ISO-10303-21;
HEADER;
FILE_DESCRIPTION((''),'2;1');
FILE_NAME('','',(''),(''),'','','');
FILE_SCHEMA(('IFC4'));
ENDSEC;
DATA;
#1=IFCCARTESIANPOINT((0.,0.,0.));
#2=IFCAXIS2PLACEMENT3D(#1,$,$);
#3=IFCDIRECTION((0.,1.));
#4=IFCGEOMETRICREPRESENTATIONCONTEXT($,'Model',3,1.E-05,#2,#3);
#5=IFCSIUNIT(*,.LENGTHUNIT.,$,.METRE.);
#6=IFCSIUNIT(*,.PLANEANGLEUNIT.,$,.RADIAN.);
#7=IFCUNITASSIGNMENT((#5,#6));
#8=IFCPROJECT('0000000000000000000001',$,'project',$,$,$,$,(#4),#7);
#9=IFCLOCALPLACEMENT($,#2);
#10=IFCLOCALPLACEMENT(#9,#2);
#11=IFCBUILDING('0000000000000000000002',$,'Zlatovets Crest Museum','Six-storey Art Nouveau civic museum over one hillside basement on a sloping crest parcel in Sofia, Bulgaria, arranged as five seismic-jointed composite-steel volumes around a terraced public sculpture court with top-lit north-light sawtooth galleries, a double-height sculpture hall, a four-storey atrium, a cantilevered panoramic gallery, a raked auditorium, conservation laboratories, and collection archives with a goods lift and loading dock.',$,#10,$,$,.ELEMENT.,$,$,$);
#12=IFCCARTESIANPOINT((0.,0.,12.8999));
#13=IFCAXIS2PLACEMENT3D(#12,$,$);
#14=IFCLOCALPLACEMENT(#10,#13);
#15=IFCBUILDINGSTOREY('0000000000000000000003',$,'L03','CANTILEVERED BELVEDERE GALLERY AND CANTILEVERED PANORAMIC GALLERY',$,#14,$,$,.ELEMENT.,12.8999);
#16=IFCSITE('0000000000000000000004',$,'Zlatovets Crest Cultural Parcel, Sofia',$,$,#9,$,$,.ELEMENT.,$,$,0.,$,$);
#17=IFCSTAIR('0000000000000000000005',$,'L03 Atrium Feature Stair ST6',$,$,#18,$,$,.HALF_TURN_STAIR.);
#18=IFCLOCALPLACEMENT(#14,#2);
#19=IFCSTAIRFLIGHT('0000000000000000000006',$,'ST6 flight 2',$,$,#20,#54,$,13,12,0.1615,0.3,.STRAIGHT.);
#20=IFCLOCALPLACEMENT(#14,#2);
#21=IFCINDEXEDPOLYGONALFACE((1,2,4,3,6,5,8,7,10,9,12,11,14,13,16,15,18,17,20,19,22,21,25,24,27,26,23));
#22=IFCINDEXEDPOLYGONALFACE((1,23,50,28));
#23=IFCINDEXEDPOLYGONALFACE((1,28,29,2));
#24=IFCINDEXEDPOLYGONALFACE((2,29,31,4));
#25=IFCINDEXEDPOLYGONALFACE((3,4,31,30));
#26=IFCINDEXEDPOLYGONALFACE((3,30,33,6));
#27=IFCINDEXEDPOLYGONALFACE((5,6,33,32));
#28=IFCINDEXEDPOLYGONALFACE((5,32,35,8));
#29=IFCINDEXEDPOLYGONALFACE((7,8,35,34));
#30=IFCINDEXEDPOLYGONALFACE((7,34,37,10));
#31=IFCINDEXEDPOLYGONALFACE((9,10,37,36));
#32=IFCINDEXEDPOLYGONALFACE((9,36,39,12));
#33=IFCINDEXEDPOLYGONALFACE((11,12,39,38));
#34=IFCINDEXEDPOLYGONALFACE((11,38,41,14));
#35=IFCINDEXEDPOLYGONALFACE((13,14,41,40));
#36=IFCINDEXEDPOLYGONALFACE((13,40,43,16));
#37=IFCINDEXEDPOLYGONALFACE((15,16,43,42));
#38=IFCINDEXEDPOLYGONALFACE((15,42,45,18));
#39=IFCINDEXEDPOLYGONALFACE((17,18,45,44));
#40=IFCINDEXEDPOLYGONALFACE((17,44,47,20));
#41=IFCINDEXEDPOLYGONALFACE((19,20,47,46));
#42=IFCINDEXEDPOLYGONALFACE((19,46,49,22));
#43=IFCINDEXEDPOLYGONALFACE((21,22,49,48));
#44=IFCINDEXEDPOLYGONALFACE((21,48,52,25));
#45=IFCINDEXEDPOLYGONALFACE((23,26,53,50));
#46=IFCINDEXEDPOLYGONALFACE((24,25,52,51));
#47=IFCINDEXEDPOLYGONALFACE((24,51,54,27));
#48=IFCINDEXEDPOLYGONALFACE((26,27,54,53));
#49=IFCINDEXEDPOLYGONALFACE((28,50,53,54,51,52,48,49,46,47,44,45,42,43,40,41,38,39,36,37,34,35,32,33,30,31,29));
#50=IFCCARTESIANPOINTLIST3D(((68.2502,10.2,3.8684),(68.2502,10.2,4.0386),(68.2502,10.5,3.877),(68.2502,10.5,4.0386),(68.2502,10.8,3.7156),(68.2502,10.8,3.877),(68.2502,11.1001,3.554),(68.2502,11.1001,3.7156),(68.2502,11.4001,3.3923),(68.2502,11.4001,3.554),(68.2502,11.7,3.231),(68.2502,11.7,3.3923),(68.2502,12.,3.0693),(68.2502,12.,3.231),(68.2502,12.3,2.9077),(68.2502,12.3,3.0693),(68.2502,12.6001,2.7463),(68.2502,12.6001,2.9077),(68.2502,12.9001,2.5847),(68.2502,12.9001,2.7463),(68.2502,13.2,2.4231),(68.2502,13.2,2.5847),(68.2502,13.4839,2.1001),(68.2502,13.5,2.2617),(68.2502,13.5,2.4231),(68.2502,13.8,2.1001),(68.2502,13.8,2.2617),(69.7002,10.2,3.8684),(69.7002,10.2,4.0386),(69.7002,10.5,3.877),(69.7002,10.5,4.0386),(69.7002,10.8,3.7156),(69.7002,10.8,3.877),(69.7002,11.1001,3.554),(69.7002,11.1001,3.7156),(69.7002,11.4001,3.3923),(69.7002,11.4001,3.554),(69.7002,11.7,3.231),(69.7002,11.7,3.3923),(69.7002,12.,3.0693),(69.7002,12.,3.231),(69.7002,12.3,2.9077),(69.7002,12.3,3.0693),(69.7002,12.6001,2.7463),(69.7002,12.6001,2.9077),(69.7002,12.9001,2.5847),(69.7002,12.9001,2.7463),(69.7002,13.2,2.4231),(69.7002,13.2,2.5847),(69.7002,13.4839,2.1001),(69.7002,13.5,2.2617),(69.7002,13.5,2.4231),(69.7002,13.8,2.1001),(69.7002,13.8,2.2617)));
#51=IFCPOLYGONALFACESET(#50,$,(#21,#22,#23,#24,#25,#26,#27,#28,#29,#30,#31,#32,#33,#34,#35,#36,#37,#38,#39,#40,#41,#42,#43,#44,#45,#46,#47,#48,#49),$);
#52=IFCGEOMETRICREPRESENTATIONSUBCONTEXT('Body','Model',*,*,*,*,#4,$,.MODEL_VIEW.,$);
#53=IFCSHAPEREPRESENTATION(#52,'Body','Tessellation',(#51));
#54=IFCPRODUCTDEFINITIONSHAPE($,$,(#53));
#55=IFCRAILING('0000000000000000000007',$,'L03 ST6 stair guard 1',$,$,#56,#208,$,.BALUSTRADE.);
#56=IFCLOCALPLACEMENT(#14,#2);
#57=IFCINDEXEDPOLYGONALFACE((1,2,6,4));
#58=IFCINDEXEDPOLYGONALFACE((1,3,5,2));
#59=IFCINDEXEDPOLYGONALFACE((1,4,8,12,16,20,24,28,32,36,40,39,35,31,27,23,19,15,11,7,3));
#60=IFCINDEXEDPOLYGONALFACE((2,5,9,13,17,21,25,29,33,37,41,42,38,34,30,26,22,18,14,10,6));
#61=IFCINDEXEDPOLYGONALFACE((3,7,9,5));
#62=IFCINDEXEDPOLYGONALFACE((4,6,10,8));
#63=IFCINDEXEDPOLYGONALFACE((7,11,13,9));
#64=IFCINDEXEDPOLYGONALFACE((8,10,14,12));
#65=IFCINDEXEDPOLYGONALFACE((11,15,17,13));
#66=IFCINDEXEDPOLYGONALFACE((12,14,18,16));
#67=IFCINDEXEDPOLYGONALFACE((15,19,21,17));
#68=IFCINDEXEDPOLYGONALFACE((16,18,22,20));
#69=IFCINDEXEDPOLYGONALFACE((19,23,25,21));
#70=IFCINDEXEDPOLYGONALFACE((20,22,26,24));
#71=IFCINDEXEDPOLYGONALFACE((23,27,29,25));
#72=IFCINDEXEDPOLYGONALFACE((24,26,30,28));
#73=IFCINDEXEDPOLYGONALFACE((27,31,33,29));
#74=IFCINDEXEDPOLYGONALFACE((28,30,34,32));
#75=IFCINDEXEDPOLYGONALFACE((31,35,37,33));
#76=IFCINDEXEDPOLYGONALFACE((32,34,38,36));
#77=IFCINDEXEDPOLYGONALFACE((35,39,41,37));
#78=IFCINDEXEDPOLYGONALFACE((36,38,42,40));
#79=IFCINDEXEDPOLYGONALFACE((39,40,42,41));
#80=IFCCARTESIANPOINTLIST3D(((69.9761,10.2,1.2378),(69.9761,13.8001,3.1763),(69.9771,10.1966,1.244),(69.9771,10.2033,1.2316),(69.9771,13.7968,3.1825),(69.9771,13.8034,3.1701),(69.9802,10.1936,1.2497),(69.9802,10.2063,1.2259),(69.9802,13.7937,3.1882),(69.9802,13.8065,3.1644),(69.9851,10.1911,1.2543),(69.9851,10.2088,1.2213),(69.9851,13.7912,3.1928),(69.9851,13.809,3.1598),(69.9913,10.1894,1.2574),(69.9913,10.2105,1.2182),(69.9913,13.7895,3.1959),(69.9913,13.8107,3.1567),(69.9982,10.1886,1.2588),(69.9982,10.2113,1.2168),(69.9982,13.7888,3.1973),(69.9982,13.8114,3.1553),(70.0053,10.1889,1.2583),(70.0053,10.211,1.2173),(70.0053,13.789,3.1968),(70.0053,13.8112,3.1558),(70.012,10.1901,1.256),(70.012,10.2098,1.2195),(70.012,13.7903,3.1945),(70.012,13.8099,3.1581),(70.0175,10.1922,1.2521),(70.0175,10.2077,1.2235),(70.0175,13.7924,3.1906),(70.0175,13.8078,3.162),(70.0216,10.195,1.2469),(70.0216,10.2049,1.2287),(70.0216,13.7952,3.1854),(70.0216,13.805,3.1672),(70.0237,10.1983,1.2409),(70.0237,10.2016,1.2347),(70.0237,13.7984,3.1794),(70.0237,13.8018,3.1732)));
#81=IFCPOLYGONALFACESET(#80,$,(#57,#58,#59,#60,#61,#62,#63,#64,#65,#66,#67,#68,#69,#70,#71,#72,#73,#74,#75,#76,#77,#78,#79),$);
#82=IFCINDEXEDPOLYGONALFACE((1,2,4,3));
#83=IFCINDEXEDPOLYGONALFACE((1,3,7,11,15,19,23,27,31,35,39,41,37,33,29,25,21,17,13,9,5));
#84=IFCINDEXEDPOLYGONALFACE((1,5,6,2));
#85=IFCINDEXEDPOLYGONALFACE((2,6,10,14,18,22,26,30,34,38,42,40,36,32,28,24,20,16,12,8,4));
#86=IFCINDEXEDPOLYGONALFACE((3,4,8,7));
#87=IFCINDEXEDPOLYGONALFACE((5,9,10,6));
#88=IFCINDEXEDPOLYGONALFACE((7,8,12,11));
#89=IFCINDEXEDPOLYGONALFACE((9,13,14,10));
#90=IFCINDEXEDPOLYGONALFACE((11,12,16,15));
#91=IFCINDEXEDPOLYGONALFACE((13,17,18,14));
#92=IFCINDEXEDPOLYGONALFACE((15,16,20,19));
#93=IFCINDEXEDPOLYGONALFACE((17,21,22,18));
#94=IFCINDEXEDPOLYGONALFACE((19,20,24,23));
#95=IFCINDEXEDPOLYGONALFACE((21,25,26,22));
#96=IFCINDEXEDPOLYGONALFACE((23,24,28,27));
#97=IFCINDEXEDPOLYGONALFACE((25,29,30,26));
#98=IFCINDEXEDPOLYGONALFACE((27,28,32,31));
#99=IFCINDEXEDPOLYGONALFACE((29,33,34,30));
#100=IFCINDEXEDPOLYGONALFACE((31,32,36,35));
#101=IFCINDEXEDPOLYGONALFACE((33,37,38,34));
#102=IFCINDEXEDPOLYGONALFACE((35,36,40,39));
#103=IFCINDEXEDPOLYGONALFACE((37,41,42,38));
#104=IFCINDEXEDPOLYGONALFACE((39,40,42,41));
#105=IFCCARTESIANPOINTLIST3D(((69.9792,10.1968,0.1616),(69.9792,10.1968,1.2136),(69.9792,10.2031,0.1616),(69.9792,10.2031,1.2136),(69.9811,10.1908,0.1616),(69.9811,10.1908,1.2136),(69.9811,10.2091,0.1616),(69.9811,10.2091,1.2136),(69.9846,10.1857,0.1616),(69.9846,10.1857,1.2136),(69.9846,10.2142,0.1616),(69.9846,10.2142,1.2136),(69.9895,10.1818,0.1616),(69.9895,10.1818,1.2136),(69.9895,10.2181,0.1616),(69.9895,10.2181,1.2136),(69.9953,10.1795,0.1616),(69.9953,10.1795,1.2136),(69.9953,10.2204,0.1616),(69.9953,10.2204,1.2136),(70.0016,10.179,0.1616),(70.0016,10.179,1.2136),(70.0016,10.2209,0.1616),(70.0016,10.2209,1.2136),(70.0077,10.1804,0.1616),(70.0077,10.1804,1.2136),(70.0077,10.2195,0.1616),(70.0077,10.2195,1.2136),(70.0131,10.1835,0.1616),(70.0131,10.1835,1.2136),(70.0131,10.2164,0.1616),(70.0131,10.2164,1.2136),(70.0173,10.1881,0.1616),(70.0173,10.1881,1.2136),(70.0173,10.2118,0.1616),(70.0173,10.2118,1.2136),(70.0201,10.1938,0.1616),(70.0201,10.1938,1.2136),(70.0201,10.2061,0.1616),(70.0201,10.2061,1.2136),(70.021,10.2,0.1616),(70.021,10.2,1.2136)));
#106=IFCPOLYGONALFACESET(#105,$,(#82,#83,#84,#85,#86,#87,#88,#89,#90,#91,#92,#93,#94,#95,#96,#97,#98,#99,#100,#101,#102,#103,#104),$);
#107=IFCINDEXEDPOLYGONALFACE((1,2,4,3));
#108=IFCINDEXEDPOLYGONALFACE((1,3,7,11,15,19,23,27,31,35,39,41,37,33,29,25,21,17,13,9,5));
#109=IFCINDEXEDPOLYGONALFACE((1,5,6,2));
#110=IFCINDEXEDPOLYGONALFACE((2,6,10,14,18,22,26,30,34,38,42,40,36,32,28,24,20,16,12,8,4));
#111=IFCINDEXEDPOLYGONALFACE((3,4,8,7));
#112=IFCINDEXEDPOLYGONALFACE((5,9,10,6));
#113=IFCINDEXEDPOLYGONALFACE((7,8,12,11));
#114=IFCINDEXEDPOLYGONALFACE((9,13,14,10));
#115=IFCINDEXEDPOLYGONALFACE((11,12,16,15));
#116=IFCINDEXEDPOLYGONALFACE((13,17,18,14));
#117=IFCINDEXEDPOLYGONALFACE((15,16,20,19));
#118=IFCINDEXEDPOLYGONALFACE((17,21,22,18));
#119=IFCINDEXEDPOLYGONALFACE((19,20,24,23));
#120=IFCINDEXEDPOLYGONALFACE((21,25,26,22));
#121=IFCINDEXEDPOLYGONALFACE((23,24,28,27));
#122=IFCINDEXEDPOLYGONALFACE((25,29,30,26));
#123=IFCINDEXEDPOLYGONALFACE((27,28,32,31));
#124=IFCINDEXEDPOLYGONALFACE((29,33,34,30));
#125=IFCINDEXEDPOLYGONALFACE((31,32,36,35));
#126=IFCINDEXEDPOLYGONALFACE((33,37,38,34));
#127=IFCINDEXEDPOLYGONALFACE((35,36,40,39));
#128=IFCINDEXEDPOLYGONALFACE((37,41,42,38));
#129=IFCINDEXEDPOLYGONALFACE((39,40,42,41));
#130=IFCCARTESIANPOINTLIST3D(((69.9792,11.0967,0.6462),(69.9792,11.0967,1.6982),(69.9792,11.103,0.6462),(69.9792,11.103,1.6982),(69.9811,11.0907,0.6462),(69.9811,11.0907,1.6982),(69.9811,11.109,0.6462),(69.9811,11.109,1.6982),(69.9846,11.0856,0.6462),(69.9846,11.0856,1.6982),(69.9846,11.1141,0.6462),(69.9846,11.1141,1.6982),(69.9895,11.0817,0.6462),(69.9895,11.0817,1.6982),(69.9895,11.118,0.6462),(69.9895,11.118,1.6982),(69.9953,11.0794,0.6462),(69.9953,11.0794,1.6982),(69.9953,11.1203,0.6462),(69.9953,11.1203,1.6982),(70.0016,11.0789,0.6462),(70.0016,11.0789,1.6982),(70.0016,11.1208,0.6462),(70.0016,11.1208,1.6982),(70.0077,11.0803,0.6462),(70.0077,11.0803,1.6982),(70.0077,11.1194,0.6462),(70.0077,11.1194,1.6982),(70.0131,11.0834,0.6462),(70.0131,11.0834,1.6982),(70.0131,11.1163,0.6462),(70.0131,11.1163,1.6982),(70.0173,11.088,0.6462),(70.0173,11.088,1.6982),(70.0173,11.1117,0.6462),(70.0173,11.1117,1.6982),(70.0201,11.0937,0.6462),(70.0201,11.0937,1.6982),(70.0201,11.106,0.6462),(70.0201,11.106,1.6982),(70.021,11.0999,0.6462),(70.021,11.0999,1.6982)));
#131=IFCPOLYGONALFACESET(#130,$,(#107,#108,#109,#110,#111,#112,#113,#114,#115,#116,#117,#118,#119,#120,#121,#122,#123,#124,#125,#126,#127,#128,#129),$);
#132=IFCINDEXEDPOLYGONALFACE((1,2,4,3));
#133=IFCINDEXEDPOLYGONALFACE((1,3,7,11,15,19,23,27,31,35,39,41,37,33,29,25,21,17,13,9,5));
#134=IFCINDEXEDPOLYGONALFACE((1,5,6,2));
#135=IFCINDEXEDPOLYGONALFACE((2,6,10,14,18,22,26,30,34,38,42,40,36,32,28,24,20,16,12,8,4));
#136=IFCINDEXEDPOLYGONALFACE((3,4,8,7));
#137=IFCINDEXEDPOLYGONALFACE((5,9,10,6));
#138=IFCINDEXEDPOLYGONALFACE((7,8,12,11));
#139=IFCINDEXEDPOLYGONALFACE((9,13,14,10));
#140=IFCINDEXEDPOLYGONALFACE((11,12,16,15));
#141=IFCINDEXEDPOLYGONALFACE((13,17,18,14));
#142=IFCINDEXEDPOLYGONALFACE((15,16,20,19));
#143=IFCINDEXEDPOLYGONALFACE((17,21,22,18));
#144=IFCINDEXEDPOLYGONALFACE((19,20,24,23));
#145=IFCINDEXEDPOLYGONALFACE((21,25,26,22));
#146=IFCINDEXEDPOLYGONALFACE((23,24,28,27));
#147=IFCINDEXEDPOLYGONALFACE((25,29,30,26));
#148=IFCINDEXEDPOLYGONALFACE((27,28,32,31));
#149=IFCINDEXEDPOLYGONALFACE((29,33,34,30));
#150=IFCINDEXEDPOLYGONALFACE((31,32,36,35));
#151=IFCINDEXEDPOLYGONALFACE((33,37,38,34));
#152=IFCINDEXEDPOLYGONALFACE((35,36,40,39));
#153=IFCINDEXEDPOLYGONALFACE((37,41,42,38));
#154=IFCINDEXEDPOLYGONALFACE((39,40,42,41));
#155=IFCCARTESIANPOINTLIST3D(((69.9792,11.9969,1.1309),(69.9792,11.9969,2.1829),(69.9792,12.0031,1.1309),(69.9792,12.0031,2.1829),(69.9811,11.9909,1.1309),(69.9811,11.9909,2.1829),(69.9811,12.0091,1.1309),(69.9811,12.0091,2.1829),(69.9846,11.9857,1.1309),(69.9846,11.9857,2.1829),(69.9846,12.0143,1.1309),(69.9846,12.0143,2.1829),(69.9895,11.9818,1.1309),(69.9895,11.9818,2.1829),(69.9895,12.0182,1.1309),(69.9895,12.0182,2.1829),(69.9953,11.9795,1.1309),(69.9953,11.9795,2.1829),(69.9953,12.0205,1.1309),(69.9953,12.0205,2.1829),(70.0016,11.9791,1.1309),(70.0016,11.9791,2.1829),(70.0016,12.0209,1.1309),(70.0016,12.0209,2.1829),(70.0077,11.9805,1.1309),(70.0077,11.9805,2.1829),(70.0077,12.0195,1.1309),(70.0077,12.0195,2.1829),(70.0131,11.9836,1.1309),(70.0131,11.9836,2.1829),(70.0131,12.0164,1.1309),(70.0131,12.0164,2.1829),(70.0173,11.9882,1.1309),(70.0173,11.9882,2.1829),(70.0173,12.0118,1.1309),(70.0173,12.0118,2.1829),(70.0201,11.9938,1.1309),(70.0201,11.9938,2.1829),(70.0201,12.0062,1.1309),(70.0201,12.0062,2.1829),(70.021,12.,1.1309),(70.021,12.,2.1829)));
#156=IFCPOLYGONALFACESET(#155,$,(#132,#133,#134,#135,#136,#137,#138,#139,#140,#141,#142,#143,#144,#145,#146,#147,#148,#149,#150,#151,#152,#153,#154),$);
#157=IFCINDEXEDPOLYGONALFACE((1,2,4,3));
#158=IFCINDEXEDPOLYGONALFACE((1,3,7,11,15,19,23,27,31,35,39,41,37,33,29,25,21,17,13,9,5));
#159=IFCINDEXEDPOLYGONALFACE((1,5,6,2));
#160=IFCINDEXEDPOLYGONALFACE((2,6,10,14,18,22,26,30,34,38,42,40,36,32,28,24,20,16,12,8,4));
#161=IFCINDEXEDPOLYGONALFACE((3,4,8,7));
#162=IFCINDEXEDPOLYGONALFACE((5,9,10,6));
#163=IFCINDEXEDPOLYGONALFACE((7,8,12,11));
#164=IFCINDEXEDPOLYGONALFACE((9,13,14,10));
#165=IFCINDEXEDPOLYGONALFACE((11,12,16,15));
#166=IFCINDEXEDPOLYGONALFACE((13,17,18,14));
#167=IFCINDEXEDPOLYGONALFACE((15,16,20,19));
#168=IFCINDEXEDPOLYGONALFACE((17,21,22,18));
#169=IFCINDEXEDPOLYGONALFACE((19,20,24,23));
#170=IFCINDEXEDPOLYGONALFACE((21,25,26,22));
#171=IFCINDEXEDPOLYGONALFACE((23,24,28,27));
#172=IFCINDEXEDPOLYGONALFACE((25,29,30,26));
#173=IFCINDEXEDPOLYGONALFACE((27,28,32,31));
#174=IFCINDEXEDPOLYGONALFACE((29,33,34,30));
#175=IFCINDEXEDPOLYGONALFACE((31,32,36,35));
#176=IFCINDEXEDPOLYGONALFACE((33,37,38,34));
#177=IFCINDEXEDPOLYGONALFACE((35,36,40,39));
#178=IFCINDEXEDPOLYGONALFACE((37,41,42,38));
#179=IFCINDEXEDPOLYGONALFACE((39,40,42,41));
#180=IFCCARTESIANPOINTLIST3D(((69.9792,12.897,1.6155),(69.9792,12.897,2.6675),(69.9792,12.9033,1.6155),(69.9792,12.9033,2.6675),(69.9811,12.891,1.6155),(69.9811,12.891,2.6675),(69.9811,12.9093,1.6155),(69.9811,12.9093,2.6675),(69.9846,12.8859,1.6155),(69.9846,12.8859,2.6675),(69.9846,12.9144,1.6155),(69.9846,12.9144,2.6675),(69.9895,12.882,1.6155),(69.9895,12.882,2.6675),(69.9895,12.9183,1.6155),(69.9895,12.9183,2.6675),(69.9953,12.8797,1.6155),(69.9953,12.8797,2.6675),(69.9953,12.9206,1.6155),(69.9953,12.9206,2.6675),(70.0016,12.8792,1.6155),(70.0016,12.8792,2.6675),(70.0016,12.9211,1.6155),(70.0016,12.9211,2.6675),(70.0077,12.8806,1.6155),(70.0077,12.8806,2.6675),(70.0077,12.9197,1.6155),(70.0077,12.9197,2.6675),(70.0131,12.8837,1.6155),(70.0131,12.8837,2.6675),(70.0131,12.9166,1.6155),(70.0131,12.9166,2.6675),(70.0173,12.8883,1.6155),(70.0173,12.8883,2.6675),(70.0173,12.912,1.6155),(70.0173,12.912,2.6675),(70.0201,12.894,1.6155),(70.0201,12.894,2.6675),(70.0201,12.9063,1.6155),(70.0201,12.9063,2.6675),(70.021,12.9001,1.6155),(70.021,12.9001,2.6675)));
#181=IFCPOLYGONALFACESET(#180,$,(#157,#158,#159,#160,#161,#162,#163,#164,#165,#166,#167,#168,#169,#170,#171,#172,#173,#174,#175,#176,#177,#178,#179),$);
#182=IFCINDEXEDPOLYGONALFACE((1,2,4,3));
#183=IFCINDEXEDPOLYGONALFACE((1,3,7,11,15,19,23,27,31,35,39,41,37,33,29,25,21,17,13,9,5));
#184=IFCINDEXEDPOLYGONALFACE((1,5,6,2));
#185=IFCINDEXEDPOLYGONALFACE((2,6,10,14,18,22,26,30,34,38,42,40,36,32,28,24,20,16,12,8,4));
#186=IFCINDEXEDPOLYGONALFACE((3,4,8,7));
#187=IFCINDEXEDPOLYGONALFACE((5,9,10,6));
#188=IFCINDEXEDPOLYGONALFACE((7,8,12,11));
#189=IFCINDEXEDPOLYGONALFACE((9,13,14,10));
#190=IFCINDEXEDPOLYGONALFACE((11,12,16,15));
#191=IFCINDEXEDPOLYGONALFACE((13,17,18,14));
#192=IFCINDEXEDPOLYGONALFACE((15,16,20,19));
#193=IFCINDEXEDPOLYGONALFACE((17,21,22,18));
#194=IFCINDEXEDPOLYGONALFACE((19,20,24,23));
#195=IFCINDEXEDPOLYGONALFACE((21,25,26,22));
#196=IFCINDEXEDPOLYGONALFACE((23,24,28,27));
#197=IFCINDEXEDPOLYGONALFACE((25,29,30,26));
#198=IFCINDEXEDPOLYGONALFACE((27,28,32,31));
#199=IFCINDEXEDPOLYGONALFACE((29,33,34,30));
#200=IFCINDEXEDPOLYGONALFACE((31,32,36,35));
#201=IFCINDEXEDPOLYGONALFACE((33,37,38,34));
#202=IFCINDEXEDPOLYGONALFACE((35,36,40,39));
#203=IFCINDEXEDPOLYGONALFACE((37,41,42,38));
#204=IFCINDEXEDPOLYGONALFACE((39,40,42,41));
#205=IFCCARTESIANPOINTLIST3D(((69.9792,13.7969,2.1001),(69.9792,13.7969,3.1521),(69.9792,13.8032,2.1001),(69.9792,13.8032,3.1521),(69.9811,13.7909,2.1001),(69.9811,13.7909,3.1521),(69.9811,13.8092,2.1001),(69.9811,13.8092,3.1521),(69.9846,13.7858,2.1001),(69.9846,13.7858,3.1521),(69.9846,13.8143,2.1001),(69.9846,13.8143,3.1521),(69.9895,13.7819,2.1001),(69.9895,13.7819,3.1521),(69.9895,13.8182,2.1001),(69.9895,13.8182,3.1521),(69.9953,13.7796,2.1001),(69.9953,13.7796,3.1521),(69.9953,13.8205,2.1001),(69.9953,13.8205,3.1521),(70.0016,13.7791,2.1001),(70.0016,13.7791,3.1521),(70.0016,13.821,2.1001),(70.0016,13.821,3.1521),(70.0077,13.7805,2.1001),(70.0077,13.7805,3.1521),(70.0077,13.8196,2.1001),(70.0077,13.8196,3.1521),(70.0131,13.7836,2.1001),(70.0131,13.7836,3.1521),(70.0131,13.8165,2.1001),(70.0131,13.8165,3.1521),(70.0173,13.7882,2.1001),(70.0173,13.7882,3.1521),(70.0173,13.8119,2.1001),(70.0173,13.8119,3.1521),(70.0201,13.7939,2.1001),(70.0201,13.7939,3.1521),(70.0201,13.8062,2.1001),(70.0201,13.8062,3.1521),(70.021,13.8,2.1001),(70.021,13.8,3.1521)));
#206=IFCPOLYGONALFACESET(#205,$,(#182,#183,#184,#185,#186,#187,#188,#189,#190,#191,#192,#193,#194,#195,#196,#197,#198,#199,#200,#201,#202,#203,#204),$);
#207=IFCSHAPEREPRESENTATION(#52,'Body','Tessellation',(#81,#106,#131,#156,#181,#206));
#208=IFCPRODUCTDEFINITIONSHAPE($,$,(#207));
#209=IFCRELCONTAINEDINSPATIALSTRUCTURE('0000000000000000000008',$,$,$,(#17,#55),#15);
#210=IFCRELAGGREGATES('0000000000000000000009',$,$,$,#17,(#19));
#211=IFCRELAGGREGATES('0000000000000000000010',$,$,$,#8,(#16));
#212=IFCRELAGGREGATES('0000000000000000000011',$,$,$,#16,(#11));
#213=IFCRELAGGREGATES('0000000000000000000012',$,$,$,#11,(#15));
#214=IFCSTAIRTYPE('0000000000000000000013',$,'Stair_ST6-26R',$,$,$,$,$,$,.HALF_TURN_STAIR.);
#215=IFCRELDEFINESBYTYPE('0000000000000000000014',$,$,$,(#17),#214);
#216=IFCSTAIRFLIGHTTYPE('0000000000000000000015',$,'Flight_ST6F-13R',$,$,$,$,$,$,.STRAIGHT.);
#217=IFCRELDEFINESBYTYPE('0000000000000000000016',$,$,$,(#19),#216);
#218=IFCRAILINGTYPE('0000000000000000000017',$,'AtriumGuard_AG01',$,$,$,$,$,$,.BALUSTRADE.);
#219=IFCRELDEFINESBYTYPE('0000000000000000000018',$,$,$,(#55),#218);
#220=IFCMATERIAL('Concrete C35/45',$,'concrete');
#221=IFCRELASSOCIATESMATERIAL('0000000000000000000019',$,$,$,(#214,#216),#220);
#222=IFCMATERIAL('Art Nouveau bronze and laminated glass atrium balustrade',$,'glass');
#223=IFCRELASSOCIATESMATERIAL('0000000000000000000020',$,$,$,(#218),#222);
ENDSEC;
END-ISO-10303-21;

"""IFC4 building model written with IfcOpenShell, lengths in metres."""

from ifc_helpers import new_model, si_unit, direction, frame, origin, origin_2d, place, context, subcontext, project, spatial, polyline, circle, outline, extrude, material, type_object, element, aggregate, save


model = new_model("IFC4")

# Units and contexts
model_context = context("Model", 3, precision=1e-05, world=origin(), true_north=direction((0.0, 1.0)))
body_context = subcontext(model_context, "Body", "Model", "MODEL_VIEW")
ifc_project = project(units=[si_unit("LENGTHUNIT", "METRE"), si_unit("PLANEANGLEUNIT", "RADIAN")], contexts=[model_context])

# Site, building, storey
site_placement = place(None, origin())
site = spatial("IfcSite", under=ifc_project, at=site_placement, Name="Zlatovets Crest Cultural Parcel, Sofia", CompositionType="ELEMENT", RefElevation=0.0)
building_placement = place(site_placement, origin())
building = spatial("IfcBuilding", under=site, at=building_placement, Name="Zlatovets Crest Museum", Description="Six-storey Art Nouveau civic museum over one hillside basement on a sloping crest parcel in Sofia, Bulgaria, arranged as five seismic-jointed composite-steel volumes around a terraced public sculpture court with top-lit north-light sawtooth galleries, a double-height sculpture hall, a four-storey atrium, a cantilevered panoramic gallery, a raked auditorium, conservation laboratories, and collection archives with a goods lift and loading dock.", CompositionType="ELEMENT")
storey_placement = place(building_placement, frame((0.0, 0.0, 12.8999)))
storey = spatial("IfcBuildingStorey", under=building, at=storey_placement, Name="L03", Description="CANTILEVERED BELVEDERE GALLERY AND CANTILEVERED PANORAMIC GALLERY", CompositionType="ELEMENT", Elevation=12.8999)

# Shared definitions
ifc_material_1 = material(Name="Concrete C35/45", Category="concrete")

# Stair, stair flight
stair_type = type_object("IfcStairType", Name="Stair_ST6-26R", PredefinedType="HALF_TURN_STAIR", material=ifc_material_1)
stair_placement = place(storey_placement, origin())
stair = element("IfcStair", 1, at=stair_placement, inside=storey, type_object=stair_type, Name="L03 Atrium Feature Stair ST6", PredefinedType="HALF_TURN_STAIR")
stair_flight_type = type_object("IfcStairFlightType", Name="Flight_ST6F-13R", PredefinedType="STRAIGHT", material=ifc_material_1)
stair_flight_1_placement = place(storey_placement, frame((68.9751, 13.8, 2.1001), z_axis=(0.0, 0.0, 1.0), x_axis=(0.0, -1.0, 0.0)))
stair_flight_1 = element("IfcStairFlight", 2, at=stair_flight_1_placement, type_object=stair_flight_type, Name="ST6 flight 2", NumberOfRisers=13, NumberOfTreads=12, PredefinedType="STRAIGHT", RiserHeight=0.1615, TreadLength=0.3, context=body_context, shape_type="SweptSolid", body=[
    extrude(outline(polyline([(0.0, 0.0), (0.0, 0.1616), (0.3, 0.1616), (0.3, 0.323), (0.6001, 0.323), (0.6001, 0.4846), (0.8999, 0.4846), (0.8999, 0.6462), (1.2, 0.6462), (1.2, 0.8076), (1.5, 0.8076), (1.5, 0.9692), (1.8, 0.9692), (1.8, 1.1309), (2.1001, 1.1309), (2.1001, 1.2922), (2.3999, 1.2922), (2.3999, 1.4539), (2.7, 1.4539), (2.7, 1.6155), (3.0, 1.6155), (3.0, 1.7769), (3.3, 1.7769), (3.3, 1.9385), (3.6001, 1.9385), (3.6001, 2.1001), (3.6001, 1.7683), (0.3162, 0.0), (0.0, 0.0)])), frame((0.0, 0.7251, 0.0), z_axis=(0.0, -1.0, 0.0), x_axis=(1.0, 0.0, 0.0)), (0.0, 0.0, 1.0), 1.45),
])
aggregate(stair, [stair_flight_1])

# Railing
ifc_material_2 = material(Name="Art Nouveau bronze and laminated glass atrium balustrade", Category="glass")
railing_type_1 = type_object("IfcRailingType", Name="AtriumGuard_AG01", PredefinedType="BALUSTRADE", material=ifc_material_2)
railing_1_placement = place(storey_placement, frame((70.0, 10.2, 0.1616)))
element("IfcRailing", 3, at=railing_1_placement, inside=storey, type_object=railing_type_1, Name="L03 ST6 stair guard 1", PredefinedType="BALUSTRADE", context=body_context, shape_type="SweptSolid", body=[
    extrude(circle(Radius=0.0239, at=origin_2d()), frame((0.0, 0.0, 1.0762), z_axis=(0.0, 0.880475, 0.474093), x_axis=(-1.0, 0.0, 0.0)), (0.0, 0.0, 1.0), 4.0889),
    extrude(circle(Radius=0.021, at=origin_2d()), origin(), (0.0, 0.0, 1.0), 1.052),
    extrude(circle(Radius=0.021, at=origin_2d()), frame((0.0, 0.8999, 0.4846)), (0.0, 0.0, 1.0), 1.052),
    extrude(circle(Radius=0.021, at=origin_2d()), frame((0.0, 1.8, 0.9692)), (0.0, 0.0, 1.0), 1.052),
    extrude(circle(Radius=0.021, at=origin_2d()), frame((0.0, 2.7002, 1.4539)), (0.0, 0.0, 1.0), 1.052),
    extrude(circle(Radius=0.021, at=origin_2d()), frame((0.0, 3.6001, 1.9385)), (0.0, 0.0, 1.0), 1.052),
])

save(model, "model.ifc")
